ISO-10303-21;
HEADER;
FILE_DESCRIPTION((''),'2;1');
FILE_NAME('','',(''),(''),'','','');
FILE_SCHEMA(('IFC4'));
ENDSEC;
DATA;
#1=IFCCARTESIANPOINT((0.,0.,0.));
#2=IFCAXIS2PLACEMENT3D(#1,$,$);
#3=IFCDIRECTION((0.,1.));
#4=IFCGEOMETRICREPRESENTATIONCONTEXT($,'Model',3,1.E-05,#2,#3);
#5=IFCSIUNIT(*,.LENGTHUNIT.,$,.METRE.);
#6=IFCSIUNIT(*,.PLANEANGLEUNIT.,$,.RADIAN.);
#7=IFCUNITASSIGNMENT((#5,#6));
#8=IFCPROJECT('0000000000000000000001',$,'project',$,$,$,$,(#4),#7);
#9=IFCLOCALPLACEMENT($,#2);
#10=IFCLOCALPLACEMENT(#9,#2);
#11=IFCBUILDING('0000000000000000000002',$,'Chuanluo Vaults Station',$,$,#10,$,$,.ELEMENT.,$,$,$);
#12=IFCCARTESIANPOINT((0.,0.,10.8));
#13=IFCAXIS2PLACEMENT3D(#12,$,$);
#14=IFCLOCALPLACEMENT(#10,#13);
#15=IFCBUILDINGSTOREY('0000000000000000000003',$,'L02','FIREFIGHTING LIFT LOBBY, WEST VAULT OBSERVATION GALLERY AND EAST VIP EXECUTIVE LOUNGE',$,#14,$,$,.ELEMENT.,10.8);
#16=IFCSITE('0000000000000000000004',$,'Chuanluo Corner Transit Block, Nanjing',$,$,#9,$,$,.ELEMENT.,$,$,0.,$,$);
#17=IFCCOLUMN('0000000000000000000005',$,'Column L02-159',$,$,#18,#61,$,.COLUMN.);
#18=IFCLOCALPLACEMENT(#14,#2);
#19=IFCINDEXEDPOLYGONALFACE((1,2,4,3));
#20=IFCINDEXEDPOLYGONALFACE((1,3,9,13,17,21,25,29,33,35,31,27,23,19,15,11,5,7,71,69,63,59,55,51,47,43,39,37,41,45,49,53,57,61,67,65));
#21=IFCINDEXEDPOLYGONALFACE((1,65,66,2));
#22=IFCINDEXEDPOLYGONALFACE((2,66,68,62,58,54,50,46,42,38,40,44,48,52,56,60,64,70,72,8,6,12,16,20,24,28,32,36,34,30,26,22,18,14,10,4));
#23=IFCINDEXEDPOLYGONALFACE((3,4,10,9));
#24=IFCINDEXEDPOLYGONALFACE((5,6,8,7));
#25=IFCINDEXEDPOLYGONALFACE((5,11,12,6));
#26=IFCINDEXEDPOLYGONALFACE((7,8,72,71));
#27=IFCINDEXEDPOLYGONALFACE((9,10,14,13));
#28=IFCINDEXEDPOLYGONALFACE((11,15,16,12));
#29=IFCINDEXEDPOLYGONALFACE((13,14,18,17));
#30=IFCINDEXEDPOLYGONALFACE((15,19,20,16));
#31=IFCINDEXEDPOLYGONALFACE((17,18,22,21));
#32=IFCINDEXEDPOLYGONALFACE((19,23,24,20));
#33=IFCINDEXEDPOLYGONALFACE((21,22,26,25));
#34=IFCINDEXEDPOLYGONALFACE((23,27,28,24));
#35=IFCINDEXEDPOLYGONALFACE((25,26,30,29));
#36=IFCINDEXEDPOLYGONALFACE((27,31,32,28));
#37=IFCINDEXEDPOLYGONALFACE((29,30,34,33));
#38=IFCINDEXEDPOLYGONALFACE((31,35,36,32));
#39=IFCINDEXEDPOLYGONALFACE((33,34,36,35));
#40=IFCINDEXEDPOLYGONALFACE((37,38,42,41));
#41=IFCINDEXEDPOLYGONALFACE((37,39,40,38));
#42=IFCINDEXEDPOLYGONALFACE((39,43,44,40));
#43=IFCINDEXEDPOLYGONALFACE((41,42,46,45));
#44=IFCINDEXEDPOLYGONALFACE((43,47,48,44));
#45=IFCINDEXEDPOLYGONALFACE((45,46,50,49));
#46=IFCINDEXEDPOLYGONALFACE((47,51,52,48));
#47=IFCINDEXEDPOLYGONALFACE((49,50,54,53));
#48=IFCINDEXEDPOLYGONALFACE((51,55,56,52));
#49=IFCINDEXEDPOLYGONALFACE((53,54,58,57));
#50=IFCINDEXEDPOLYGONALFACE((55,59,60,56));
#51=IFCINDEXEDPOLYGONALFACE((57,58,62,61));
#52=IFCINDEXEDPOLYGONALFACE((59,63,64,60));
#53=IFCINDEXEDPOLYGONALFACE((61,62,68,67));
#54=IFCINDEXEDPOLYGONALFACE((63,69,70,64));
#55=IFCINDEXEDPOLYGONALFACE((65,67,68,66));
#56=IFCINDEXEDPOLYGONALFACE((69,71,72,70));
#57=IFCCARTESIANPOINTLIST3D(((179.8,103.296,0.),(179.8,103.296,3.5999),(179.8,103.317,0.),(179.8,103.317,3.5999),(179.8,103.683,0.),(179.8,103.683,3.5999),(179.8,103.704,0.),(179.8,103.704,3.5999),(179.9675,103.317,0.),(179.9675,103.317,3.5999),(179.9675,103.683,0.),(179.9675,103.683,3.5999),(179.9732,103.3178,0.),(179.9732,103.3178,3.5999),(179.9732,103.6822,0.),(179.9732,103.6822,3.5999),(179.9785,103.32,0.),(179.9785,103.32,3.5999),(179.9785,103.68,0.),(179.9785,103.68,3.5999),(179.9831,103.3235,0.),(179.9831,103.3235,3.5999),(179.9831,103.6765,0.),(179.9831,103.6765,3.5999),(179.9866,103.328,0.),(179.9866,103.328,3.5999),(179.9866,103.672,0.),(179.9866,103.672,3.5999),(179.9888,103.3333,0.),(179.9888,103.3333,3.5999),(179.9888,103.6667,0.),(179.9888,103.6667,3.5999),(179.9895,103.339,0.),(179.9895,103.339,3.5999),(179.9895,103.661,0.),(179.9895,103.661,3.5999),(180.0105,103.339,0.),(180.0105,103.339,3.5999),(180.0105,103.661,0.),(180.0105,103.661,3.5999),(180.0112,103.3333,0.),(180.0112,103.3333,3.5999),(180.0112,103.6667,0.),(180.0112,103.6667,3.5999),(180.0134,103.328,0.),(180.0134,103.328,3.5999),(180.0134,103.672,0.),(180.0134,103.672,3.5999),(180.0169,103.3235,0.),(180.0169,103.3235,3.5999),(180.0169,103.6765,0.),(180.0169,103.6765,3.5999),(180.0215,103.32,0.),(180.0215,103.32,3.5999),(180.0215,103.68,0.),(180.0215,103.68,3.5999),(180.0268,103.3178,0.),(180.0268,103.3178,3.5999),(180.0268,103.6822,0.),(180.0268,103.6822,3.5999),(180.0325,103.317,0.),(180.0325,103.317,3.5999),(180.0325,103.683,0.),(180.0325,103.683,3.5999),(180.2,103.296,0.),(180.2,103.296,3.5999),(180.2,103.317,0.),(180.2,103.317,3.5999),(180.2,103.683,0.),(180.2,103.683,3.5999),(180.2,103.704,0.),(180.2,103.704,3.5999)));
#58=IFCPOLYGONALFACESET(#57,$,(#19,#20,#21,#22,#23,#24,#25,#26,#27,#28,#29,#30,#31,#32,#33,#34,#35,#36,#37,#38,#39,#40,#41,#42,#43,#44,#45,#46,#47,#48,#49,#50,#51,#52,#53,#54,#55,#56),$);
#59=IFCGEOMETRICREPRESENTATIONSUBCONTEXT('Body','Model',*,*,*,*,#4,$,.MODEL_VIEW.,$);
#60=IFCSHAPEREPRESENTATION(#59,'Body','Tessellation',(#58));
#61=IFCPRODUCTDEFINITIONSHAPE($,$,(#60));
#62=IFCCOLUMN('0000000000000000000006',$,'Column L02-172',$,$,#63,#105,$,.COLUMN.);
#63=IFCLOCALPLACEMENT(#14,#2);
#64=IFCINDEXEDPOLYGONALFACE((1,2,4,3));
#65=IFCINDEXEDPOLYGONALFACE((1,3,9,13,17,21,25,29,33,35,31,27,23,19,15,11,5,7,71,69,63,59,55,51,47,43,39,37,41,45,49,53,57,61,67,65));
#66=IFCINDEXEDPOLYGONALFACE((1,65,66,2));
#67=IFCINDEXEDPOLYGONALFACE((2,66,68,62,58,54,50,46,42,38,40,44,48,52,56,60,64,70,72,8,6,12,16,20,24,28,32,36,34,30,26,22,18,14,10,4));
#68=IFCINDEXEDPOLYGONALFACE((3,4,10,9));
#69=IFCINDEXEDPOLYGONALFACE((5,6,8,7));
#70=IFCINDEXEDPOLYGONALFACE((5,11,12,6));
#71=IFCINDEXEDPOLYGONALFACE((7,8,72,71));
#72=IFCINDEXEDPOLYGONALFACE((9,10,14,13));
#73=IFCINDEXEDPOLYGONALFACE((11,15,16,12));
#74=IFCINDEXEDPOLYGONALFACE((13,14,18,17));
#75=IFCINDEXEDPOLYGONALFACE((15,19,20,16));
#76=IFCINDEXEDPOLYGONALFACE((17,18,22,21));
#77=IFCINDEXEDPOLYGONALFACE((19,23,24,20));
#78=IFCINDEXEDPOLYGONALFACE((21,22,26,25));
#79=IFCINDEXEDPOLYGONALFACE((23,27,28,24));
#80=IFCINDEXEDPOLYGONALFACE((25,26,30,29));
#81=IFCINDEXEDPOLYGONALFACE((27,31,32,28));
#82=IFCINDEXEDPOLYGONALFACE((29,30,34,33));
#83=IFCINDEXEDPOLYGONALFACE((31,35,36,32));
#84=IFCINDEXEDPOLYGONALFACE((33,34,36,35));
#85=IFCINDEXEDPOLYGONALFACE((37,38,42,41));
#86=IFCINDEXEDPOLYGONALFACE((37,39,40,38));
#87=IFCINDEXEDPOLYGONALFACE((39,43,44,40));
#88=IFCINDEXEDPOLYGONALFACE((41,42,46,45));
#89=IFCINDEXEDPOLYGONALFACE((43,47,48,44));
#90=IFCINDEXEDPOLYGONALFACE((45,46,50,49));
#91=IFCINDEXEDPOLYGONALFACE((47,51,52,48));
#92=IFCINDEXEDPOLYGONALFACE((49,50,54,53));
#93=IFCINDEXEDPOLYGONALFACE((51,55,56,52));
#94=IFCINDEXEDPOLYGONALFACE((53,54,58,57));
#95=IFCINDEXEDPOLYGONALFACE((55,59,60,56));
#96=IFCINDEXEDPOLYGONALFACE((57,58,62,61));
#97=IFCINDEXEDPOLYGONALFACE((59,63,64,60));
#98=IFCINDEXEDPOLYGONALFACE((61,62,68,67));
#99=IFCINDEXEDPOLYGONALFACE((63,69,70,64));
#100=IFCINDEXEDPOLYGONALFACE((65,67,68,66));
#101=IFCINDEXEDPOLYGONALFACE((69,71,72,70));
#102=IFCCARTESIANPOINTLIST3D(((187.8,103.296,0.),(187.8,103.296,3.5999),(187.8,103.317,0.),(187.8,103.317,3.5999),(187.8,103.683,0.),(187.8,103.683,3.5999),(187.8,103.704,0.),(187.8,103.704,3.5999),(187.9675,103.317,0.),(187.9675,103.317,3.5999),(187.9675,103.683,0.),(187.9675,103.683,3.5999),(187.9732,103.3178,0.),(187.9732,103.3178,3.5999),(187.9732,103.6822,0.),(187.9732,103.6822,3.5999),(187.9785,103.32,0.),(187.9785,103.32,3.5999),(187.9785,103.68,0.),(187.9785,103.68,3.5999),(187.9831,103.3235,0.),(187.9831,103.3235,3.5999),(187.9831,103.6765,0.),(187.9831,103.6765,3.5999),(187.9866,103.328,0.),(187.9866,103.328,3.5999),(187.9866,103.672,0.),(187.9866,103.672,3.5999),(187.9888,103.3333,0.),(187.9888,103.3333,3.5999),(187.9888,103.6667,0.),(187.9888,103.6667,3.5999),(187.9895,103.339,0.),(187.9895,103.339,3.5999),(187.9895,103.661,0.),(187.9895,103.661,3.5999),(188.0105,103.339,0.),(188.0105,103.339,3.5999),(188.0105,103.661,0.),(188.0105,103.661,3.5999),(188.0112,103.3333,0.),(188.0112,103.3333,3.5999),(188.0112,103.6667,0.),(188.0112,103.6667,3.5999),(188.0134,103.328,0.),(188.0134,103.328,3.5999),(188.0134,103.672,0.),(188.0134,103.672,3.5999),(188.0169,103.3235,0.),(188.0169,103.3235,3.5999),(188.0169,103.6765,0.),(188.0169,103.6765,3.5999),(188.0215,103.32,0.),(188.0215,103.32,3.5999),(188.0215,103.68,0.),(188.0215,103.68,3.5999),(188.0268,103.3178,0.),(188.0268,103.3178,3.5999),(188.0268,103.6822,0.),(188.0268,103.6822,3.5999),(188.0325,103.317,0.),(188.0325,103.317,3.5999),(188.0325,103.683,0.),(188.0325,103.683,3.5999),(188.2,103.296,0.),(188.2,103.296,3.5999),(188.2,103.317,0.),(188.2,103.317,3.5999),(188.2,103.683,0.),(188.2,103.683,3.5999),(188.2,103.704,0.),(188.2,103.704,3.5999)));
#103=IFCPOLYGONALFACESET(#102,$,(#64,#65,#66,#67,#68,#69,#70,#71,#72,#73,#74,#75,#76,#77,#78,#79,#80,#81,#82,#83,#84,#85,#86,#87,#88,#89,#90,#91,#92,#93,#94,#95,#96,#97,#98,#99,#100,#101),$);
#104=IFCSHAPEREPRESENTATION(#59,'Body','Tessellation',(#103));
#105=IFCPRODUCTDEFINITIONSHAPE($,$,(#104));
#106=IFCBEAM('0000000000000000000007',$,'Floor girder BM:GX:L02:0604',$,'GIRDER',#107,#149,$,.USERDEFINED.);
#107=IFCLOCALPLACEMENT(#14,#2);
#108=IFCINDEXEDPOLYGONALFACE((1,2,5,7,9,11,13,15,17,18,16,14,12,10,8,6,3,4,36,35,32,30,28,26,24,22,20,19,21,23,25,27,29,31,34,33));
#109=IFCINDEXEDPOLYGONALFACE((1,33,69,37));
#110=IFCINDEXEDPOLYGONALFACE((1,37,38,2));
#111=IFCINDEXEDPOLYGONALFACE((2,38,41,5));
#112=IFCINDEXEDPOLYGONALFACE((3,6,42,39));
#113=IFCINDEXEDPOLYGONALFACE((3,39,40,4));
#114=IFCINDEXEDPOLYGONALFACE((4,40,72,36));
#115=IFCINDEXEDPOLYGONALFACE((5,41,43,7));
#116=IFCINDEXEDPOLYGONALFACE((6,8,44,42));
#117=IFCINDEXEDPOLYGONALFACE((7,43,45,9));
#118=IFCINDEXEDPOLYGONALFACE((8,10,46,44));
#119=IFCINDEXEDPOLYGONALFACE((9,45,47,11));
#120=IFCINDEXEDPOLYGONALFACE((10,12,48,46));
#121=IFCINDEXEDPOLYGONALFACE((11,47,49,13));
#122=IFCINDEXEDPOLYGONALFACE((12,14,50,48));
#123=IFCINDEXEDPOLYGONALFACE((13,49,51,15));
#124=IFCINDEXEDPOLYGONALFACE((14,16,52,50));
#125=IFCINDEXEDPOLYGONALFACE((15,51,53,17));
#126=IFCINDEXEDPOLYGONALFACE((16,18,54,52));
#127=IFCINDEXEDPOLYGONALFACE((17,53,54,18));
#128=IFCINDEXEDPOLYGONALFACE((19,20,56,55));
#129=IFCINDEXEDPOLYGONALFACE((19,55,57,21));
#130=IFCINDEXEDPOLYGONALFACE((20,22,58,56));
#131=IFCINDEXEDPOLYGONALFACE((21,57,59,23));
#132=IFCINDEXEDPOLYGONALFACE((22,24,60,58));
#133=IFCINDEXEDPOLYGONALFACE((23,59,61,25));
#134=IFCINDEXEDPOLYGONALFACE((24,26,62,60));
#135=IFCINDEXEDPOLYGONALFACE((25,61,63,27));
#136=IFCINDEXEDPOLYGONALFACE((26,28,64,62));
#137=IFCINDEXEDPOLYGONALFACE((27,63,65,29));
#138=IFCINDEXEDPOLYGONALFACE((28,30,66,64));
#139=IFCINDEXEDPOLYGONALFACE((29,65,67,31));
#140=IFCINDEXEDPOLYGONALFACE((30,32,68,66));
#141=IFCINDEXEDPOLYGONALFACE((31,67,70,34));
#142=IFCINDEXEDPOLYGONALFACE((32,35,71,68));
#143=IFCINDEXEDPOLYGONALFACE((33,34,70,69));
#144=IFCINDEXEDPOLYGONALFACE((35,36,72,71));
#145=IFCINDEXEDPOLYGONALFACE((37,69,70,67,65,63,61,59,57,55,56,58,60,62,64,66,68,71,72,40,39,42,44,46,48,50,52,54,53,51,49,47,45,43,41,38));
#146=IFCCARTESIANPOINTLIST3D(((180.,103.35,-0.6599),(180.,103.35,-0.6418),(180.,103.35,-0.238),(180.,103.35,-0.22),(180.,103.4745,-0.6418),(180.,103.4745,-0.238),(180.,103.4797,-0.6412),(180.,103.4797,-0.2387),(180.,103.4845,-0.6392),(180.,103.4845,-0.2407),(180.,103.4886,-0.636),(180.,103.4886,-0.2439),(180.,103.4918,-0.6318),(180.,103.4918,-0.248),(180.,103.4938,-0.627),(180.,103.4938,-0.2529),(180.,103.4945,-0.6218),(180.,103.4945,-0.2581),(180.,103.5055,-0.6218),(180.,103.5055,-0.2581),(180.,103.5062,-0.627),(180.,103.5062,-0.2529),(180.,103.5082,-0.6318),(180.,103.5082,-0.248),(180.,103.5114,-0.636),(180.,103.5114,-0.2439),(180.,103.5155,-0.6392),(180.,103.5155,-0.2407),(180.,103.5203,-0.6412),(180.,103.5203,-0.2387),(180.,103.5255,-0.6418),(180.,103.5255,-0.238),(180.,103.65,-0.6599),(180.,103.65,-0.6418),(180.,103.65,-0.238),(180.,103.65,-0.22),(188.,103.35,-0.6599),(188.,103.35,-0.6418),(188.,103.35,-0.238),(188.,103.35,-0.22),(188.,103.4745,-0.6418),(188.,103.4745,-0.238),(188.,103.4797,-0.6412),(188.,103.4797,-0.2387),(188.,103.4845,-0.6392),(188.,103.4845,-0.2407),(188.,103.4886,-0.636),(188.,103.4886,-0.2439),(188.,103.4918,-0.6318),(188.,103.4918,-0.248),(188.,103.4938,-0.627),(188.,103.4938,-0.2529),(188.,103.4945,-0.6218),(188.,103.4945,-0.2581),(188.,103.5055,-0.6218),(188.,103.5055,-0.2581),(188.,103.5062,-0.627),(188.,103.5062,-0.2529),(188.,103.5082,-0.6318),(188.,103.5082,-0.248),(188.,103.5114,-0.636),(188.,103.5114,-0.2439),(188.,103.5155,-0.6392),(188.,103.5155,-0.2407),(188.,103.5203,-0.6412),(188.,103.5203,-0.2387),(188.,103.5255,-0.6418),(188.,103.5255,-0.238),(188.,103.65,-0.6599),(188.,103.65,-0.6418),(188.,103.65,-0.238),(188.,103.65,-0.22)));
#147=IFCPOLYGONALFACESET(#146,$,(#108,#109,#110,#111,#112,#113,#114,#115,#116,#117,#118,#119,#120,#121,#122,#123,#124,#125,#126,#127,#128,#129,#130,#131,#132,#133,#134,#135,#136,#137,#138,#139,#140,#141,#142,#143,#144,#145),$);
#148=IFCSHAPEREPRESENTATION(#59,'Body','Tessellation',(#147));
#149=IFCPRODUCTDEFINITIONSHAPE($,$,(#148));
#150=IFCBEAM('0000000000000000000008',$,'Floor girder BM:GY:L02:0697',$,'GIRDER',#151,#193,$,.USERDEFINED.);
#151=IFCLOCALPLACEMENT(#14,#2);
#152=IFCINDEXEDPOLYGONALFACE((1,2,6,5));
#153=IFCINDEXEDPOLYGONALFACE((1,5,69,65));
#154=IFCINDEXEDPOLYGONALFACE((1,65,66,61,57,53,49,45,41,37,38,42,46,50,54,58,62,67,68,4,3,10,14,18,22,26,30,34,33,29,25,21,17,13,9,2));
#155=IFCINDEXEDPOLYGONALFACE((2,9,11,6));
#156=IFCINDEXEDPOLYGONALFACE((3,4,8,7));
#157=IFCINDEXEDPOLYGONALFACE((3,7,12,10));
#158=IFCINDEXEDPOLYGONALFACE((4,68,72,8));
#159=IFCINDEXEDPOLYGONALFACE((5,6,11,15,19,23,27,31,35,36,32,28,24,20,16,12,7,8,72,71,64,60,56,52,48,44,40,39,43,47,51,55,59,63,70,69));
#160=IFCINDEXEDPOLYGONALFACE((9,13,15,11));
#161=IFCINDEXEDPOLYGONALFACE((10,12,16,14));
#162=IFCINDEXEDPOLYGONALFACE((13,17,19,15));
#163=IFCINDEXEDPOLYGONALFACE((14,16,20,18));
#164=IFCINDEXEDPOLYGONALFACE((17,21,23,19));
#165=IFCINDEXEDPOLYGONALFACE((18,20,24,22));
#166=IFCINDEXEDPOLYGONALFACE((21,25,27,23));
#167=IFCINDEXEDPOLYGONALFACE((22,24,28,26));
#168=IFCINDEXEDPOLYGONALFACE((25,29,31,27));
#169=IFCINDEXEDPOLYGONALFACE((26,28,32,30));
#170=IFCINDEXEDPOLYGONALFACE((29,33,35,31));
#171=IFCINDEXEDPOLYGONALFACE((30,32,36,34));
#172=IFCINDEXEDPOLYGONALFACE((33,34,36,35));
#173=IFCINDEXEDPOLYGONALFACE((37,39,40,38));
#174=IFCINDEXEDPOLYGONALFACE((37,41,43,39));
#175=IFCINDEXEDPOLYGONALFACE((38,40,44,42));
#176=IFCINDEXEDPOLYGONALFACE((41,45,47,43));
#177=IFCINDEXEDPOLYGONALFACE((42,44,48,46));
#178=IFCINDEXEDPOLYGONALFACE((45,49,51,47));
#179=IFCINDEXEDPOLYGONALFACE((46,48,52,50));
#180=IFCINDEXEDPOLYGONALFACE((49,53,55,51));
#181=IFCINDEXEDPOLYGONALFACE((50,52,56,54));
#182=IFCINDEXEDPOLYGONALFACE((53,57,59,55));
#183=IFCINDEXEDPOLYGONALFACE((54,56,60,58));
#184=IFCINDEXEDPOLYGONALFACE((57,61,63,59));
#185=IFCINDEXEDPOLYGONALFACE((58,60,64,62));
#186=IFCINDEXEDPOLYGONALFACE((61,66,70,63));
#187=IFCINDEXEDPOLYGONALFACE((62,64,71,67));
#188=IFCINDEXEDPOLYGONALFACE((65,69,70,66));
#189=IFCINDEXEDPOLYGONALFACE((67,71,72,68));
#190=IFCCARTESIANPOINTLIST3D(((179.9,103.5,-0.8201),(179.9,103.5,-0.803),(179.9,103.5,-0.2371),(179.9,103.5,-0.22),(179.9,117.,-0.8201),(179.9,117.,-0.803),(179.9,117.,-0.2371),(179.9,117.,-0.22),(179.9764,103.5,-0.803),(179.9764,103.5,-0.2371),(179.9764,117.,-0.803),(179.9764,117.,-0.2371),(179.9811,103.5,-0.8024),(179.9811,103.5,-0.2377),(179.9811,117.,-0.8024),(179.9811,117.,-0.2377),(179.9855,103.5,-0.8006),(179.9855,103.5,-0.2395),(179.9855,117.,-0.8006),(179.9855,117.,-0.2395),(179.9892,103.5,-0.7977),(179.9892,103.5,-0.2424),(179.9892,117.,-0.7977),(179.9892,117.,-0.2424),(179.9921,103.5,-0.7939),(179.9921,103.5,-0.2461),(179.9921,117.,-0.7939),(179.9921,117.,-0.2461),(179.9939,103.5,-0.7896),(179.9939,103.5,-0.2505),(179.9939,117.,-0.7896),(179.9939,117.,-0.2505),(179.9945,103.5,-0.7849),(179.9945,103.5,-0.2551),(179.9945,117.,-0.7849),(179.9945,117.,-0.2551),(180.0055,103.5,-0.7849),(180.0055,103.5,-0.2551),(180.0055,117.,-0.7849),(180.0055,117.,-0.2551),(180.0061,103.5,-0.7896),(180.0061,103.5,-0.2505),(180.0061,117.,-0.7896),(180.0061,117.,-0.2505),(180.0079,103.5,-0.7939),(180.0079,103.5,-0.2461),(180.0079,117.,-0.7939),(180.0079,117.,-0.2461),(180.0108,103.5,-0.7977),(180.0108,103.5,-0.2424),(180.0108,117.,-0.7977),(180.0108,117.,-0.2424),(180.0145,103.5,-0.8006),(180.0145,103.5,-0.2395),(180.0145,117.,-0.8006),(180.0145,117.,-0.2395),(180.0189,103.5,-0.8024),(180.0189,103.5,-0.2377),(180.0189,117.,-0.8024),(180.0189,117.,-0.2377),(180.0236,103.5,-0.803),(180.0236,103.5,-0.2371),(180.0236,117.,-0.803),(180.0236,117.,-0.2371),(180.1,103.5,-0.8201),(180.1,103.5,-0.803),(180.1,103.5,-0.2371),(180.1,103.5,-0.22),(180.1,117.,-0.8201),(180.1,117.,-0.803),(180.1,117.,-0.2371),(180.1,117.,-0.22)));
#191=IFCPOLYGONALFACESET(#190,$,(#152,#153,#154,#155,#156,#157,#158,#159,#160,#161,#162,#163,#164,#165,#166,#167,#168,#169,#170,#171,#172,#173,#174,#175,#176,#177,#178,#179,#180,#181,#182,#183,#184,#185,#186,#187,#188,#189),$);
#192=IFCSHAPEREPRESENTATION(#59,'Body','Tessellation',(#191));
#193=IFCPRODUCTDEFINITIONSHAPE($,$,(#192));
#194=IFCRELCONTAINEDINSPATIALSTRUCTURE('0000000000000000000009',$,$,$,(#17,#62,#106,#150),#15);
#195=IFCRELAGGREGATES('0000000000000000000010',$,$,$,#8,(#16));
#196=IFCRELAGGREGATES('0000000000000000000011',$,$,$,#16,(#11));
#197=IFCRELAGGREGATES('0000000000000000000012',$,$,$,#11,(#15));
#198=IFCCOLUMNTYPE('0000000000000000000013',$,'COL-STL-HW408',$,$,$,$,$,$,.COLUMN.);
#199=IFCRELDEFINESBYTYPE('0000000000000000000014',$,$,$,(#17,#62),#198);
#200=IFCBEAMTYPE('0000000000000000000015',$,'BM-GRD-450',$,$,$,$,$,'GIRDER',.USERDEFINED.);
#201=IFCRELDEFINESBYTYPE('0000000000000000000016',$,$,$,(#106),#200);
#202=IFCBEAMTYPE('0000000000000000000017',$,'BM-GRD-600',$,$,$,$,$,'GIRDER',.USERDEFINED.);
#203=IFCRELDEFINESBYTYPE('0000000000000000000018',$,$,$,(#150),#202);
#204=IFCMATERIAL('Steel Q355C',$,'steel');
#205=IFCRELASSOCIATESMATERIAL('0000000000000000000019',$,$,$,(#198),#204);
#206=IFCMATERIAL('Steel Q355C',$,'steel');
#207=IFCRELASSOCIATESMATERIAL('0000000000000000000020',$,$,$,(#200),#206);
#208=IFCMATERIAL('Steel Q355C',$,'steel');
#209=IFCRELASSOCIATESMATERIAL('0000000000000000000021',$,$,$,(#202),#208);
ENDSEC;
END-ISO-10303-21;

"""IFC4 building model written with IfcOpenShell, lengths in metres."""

from ifc_helpers import new_model, si_unit, direction, frame, origin, origin_2d, place, context, subcontext, project, spatial, i_section, extrude, material, material_profile, profile_set, type_object, element, save


model = new_model("IFC4")

# Units and contexts
model_context = context("Model", 3, precision=1e-05, world=origin(), true_north=direction((0.0, 1.0)))
body_context = subcontext(model_context, "Body", "Model", "MODEL_VIEW")
ifc_project = project(units=[si_unit("LENGTHUNIT", "METRE"), si_unit("PLANEANGLEUNIT", "RADIAN")], contexts=[model_context])

# Site, building, storey
site_placement = place(None, origin())
site = spatial("IfcSite", under=ifc_project, at=site_placement, Name="Chuanluo Corner Transit Block, Nanjing", CompositionType="ELEMENT", RefElevation=0.0)
building_placement = place(site_placement, origin())
building = spatial("IfcBuilding", under=site, at=building_placement, Name="Chuanluo Vaults Station", CompositionType="ELEMENT")
storey_placement = place(building_placement, frame((0.0, 0.0, 10.8)))
storey = spatial("IfcBuildingStorey", under=building, at=storey_placement, Name="L02", Description="FIREFIGHTING LIFT LOBBY, WEST VAULT OBSERVATION GALLERY AND EAST VIP EXECUTIVE LOUNGE", CompositionType="ELEMENT", Elevation=10.8)

# Columns
ifc_material_1 = material(Name="Steel Q355C", Category="steel")
ifc_material_profile_1 = material_profile(ifc_material_1, i_section(OverallWidth=0.3999, OverallDepth=0.408, WebThickness=0.021, FlangeThickness=0.021, FilletRadius=0.022, at=origin_2d()))
ifc_profile_set_1 = profile_set([ifc_material_profile_1], Name="Steel Q355C")
column_type = type_object("IfcColumnType", Name="COL-STL-HW408", PredefinedType="COLUMN", material=ifc_profile_set_1)
for number, where, z_axis, x_axis, name in (
    (1, (180.0, 103.5, 0.0), (0.0, 0.0, 1.0), (1.0, 0.0, 0.0), "Column L02-159"),
    (2, (188.0, 103.5, 0.0), (0.0, 0.0, 1.0), (1.0, 0.0, 0.0), "Column L02-172"),
):
    element("IfcColumn", number, at=place(storey_placement, frame(where, z_axis=z_axis, x_axis=x_axis)), inside=storey, type_object=column_type, Name=name, PredefinedType="COLUMN", context=body_context, shape_type="SweptSolid", body=[
        extrude(i_section(OverallWidth=0.3999, OverallDepth=0.408, WebThickness=0.021, FlangeThickness=0.021, FilletRadius=0.022, at=origin_2d()), origin(), (0.0, 0.0, 1.0), 3.5999),
    ])

# Beams
ifc_material_2 = material(Name="Steel Q355C", Category="steel")
ifc_material_profile_2 = material_profile(ifc_material_2, i_section(OverallWidth=0.3, OverallDepth=0.4399, WebThickness=0.011, FlangeThickness=0.0181, FilletRadius=0.02, at=origin_2d()))
ifc_profile_set_2 = profile_set([ifc_material_profile_2], Name="Steel Q355C")
beam_type_1 = type_object("IfcBeamType", Name="BM-GRD-450", ElementType="GIRDER", PredefinedType="USERDEFINED", material=ifc_profile_set_2)
beam_1_placement = place(storey_placement, frame((180.0, 103.5, -0.4399), z_axis=(1.0, 0.0, 0.0), x_axis=(0.0, 1.0, 0.0)))
element("IfcBeam", 3, at=beam_1_placement, inside=storey, type_object=beam_type_1, Name="Floor girder BM:GX:L02:0604", ObjectType="GIRDER", PredefinedType="USERDEFINED", context=body_context, shape_type="SweptSolid", body=[
    extrude(i_section(OverallWidth=0.3, OverallDepth=0.4399, WebThickness=0.011, FlangeThickness=0.0181, FilletRadius=0.02, at=origin_2d()), origin(), (0.0, 0.0, 1.0), 8.0),
])
ifc_material_3 = material(Name="Steel Q355C", Category="steel")
ifc_material_profile_3 = material_profile(ifc_material_3, i_section(OverallWidth=0.2, OverallDepth=0.6001, WebThickness=0.011, FlangeThickness=0.0171, FilletRadius=0.0181, at=origin_2d()))
ifc_profile_set_3 = profile_set([ifc_material_profile_3], Name="Steel Q355C")
beam_type_2 = type_object("IfcBeamType", Name="BM-GRD-600", ElementType="GIRDER", PredefinedType="USERDEFINED", material=ifc_profile_set_3)
beam_2_placement = place(storey_placement, frame((180.0, 103.5, -0.52), z_axis=(0.0, 1.0, 0.0), x_axis=(-1.0, 0.0, 0.0)))
element("IfcBeam", 4, at=beam_2_placement, inside=storey, type_object=beam_type_2, Name="Floor girder BM:GY:L02:0697", ObjectType="GIRDER", PredefinedType="USERDEFINED", context=body_context, shape_type="SweptSolid", body=[
    extrude(i_section(OverallWidth=0.2, OverallDepth=0.6001, WebThickness=0.011, FlangeThickness=0.0171, FilletRadius=0.0181, at=origin_2d()), origin(), (0.0, 0.0, 1.0), 13.5),
])

save(model, "model.ifc")
